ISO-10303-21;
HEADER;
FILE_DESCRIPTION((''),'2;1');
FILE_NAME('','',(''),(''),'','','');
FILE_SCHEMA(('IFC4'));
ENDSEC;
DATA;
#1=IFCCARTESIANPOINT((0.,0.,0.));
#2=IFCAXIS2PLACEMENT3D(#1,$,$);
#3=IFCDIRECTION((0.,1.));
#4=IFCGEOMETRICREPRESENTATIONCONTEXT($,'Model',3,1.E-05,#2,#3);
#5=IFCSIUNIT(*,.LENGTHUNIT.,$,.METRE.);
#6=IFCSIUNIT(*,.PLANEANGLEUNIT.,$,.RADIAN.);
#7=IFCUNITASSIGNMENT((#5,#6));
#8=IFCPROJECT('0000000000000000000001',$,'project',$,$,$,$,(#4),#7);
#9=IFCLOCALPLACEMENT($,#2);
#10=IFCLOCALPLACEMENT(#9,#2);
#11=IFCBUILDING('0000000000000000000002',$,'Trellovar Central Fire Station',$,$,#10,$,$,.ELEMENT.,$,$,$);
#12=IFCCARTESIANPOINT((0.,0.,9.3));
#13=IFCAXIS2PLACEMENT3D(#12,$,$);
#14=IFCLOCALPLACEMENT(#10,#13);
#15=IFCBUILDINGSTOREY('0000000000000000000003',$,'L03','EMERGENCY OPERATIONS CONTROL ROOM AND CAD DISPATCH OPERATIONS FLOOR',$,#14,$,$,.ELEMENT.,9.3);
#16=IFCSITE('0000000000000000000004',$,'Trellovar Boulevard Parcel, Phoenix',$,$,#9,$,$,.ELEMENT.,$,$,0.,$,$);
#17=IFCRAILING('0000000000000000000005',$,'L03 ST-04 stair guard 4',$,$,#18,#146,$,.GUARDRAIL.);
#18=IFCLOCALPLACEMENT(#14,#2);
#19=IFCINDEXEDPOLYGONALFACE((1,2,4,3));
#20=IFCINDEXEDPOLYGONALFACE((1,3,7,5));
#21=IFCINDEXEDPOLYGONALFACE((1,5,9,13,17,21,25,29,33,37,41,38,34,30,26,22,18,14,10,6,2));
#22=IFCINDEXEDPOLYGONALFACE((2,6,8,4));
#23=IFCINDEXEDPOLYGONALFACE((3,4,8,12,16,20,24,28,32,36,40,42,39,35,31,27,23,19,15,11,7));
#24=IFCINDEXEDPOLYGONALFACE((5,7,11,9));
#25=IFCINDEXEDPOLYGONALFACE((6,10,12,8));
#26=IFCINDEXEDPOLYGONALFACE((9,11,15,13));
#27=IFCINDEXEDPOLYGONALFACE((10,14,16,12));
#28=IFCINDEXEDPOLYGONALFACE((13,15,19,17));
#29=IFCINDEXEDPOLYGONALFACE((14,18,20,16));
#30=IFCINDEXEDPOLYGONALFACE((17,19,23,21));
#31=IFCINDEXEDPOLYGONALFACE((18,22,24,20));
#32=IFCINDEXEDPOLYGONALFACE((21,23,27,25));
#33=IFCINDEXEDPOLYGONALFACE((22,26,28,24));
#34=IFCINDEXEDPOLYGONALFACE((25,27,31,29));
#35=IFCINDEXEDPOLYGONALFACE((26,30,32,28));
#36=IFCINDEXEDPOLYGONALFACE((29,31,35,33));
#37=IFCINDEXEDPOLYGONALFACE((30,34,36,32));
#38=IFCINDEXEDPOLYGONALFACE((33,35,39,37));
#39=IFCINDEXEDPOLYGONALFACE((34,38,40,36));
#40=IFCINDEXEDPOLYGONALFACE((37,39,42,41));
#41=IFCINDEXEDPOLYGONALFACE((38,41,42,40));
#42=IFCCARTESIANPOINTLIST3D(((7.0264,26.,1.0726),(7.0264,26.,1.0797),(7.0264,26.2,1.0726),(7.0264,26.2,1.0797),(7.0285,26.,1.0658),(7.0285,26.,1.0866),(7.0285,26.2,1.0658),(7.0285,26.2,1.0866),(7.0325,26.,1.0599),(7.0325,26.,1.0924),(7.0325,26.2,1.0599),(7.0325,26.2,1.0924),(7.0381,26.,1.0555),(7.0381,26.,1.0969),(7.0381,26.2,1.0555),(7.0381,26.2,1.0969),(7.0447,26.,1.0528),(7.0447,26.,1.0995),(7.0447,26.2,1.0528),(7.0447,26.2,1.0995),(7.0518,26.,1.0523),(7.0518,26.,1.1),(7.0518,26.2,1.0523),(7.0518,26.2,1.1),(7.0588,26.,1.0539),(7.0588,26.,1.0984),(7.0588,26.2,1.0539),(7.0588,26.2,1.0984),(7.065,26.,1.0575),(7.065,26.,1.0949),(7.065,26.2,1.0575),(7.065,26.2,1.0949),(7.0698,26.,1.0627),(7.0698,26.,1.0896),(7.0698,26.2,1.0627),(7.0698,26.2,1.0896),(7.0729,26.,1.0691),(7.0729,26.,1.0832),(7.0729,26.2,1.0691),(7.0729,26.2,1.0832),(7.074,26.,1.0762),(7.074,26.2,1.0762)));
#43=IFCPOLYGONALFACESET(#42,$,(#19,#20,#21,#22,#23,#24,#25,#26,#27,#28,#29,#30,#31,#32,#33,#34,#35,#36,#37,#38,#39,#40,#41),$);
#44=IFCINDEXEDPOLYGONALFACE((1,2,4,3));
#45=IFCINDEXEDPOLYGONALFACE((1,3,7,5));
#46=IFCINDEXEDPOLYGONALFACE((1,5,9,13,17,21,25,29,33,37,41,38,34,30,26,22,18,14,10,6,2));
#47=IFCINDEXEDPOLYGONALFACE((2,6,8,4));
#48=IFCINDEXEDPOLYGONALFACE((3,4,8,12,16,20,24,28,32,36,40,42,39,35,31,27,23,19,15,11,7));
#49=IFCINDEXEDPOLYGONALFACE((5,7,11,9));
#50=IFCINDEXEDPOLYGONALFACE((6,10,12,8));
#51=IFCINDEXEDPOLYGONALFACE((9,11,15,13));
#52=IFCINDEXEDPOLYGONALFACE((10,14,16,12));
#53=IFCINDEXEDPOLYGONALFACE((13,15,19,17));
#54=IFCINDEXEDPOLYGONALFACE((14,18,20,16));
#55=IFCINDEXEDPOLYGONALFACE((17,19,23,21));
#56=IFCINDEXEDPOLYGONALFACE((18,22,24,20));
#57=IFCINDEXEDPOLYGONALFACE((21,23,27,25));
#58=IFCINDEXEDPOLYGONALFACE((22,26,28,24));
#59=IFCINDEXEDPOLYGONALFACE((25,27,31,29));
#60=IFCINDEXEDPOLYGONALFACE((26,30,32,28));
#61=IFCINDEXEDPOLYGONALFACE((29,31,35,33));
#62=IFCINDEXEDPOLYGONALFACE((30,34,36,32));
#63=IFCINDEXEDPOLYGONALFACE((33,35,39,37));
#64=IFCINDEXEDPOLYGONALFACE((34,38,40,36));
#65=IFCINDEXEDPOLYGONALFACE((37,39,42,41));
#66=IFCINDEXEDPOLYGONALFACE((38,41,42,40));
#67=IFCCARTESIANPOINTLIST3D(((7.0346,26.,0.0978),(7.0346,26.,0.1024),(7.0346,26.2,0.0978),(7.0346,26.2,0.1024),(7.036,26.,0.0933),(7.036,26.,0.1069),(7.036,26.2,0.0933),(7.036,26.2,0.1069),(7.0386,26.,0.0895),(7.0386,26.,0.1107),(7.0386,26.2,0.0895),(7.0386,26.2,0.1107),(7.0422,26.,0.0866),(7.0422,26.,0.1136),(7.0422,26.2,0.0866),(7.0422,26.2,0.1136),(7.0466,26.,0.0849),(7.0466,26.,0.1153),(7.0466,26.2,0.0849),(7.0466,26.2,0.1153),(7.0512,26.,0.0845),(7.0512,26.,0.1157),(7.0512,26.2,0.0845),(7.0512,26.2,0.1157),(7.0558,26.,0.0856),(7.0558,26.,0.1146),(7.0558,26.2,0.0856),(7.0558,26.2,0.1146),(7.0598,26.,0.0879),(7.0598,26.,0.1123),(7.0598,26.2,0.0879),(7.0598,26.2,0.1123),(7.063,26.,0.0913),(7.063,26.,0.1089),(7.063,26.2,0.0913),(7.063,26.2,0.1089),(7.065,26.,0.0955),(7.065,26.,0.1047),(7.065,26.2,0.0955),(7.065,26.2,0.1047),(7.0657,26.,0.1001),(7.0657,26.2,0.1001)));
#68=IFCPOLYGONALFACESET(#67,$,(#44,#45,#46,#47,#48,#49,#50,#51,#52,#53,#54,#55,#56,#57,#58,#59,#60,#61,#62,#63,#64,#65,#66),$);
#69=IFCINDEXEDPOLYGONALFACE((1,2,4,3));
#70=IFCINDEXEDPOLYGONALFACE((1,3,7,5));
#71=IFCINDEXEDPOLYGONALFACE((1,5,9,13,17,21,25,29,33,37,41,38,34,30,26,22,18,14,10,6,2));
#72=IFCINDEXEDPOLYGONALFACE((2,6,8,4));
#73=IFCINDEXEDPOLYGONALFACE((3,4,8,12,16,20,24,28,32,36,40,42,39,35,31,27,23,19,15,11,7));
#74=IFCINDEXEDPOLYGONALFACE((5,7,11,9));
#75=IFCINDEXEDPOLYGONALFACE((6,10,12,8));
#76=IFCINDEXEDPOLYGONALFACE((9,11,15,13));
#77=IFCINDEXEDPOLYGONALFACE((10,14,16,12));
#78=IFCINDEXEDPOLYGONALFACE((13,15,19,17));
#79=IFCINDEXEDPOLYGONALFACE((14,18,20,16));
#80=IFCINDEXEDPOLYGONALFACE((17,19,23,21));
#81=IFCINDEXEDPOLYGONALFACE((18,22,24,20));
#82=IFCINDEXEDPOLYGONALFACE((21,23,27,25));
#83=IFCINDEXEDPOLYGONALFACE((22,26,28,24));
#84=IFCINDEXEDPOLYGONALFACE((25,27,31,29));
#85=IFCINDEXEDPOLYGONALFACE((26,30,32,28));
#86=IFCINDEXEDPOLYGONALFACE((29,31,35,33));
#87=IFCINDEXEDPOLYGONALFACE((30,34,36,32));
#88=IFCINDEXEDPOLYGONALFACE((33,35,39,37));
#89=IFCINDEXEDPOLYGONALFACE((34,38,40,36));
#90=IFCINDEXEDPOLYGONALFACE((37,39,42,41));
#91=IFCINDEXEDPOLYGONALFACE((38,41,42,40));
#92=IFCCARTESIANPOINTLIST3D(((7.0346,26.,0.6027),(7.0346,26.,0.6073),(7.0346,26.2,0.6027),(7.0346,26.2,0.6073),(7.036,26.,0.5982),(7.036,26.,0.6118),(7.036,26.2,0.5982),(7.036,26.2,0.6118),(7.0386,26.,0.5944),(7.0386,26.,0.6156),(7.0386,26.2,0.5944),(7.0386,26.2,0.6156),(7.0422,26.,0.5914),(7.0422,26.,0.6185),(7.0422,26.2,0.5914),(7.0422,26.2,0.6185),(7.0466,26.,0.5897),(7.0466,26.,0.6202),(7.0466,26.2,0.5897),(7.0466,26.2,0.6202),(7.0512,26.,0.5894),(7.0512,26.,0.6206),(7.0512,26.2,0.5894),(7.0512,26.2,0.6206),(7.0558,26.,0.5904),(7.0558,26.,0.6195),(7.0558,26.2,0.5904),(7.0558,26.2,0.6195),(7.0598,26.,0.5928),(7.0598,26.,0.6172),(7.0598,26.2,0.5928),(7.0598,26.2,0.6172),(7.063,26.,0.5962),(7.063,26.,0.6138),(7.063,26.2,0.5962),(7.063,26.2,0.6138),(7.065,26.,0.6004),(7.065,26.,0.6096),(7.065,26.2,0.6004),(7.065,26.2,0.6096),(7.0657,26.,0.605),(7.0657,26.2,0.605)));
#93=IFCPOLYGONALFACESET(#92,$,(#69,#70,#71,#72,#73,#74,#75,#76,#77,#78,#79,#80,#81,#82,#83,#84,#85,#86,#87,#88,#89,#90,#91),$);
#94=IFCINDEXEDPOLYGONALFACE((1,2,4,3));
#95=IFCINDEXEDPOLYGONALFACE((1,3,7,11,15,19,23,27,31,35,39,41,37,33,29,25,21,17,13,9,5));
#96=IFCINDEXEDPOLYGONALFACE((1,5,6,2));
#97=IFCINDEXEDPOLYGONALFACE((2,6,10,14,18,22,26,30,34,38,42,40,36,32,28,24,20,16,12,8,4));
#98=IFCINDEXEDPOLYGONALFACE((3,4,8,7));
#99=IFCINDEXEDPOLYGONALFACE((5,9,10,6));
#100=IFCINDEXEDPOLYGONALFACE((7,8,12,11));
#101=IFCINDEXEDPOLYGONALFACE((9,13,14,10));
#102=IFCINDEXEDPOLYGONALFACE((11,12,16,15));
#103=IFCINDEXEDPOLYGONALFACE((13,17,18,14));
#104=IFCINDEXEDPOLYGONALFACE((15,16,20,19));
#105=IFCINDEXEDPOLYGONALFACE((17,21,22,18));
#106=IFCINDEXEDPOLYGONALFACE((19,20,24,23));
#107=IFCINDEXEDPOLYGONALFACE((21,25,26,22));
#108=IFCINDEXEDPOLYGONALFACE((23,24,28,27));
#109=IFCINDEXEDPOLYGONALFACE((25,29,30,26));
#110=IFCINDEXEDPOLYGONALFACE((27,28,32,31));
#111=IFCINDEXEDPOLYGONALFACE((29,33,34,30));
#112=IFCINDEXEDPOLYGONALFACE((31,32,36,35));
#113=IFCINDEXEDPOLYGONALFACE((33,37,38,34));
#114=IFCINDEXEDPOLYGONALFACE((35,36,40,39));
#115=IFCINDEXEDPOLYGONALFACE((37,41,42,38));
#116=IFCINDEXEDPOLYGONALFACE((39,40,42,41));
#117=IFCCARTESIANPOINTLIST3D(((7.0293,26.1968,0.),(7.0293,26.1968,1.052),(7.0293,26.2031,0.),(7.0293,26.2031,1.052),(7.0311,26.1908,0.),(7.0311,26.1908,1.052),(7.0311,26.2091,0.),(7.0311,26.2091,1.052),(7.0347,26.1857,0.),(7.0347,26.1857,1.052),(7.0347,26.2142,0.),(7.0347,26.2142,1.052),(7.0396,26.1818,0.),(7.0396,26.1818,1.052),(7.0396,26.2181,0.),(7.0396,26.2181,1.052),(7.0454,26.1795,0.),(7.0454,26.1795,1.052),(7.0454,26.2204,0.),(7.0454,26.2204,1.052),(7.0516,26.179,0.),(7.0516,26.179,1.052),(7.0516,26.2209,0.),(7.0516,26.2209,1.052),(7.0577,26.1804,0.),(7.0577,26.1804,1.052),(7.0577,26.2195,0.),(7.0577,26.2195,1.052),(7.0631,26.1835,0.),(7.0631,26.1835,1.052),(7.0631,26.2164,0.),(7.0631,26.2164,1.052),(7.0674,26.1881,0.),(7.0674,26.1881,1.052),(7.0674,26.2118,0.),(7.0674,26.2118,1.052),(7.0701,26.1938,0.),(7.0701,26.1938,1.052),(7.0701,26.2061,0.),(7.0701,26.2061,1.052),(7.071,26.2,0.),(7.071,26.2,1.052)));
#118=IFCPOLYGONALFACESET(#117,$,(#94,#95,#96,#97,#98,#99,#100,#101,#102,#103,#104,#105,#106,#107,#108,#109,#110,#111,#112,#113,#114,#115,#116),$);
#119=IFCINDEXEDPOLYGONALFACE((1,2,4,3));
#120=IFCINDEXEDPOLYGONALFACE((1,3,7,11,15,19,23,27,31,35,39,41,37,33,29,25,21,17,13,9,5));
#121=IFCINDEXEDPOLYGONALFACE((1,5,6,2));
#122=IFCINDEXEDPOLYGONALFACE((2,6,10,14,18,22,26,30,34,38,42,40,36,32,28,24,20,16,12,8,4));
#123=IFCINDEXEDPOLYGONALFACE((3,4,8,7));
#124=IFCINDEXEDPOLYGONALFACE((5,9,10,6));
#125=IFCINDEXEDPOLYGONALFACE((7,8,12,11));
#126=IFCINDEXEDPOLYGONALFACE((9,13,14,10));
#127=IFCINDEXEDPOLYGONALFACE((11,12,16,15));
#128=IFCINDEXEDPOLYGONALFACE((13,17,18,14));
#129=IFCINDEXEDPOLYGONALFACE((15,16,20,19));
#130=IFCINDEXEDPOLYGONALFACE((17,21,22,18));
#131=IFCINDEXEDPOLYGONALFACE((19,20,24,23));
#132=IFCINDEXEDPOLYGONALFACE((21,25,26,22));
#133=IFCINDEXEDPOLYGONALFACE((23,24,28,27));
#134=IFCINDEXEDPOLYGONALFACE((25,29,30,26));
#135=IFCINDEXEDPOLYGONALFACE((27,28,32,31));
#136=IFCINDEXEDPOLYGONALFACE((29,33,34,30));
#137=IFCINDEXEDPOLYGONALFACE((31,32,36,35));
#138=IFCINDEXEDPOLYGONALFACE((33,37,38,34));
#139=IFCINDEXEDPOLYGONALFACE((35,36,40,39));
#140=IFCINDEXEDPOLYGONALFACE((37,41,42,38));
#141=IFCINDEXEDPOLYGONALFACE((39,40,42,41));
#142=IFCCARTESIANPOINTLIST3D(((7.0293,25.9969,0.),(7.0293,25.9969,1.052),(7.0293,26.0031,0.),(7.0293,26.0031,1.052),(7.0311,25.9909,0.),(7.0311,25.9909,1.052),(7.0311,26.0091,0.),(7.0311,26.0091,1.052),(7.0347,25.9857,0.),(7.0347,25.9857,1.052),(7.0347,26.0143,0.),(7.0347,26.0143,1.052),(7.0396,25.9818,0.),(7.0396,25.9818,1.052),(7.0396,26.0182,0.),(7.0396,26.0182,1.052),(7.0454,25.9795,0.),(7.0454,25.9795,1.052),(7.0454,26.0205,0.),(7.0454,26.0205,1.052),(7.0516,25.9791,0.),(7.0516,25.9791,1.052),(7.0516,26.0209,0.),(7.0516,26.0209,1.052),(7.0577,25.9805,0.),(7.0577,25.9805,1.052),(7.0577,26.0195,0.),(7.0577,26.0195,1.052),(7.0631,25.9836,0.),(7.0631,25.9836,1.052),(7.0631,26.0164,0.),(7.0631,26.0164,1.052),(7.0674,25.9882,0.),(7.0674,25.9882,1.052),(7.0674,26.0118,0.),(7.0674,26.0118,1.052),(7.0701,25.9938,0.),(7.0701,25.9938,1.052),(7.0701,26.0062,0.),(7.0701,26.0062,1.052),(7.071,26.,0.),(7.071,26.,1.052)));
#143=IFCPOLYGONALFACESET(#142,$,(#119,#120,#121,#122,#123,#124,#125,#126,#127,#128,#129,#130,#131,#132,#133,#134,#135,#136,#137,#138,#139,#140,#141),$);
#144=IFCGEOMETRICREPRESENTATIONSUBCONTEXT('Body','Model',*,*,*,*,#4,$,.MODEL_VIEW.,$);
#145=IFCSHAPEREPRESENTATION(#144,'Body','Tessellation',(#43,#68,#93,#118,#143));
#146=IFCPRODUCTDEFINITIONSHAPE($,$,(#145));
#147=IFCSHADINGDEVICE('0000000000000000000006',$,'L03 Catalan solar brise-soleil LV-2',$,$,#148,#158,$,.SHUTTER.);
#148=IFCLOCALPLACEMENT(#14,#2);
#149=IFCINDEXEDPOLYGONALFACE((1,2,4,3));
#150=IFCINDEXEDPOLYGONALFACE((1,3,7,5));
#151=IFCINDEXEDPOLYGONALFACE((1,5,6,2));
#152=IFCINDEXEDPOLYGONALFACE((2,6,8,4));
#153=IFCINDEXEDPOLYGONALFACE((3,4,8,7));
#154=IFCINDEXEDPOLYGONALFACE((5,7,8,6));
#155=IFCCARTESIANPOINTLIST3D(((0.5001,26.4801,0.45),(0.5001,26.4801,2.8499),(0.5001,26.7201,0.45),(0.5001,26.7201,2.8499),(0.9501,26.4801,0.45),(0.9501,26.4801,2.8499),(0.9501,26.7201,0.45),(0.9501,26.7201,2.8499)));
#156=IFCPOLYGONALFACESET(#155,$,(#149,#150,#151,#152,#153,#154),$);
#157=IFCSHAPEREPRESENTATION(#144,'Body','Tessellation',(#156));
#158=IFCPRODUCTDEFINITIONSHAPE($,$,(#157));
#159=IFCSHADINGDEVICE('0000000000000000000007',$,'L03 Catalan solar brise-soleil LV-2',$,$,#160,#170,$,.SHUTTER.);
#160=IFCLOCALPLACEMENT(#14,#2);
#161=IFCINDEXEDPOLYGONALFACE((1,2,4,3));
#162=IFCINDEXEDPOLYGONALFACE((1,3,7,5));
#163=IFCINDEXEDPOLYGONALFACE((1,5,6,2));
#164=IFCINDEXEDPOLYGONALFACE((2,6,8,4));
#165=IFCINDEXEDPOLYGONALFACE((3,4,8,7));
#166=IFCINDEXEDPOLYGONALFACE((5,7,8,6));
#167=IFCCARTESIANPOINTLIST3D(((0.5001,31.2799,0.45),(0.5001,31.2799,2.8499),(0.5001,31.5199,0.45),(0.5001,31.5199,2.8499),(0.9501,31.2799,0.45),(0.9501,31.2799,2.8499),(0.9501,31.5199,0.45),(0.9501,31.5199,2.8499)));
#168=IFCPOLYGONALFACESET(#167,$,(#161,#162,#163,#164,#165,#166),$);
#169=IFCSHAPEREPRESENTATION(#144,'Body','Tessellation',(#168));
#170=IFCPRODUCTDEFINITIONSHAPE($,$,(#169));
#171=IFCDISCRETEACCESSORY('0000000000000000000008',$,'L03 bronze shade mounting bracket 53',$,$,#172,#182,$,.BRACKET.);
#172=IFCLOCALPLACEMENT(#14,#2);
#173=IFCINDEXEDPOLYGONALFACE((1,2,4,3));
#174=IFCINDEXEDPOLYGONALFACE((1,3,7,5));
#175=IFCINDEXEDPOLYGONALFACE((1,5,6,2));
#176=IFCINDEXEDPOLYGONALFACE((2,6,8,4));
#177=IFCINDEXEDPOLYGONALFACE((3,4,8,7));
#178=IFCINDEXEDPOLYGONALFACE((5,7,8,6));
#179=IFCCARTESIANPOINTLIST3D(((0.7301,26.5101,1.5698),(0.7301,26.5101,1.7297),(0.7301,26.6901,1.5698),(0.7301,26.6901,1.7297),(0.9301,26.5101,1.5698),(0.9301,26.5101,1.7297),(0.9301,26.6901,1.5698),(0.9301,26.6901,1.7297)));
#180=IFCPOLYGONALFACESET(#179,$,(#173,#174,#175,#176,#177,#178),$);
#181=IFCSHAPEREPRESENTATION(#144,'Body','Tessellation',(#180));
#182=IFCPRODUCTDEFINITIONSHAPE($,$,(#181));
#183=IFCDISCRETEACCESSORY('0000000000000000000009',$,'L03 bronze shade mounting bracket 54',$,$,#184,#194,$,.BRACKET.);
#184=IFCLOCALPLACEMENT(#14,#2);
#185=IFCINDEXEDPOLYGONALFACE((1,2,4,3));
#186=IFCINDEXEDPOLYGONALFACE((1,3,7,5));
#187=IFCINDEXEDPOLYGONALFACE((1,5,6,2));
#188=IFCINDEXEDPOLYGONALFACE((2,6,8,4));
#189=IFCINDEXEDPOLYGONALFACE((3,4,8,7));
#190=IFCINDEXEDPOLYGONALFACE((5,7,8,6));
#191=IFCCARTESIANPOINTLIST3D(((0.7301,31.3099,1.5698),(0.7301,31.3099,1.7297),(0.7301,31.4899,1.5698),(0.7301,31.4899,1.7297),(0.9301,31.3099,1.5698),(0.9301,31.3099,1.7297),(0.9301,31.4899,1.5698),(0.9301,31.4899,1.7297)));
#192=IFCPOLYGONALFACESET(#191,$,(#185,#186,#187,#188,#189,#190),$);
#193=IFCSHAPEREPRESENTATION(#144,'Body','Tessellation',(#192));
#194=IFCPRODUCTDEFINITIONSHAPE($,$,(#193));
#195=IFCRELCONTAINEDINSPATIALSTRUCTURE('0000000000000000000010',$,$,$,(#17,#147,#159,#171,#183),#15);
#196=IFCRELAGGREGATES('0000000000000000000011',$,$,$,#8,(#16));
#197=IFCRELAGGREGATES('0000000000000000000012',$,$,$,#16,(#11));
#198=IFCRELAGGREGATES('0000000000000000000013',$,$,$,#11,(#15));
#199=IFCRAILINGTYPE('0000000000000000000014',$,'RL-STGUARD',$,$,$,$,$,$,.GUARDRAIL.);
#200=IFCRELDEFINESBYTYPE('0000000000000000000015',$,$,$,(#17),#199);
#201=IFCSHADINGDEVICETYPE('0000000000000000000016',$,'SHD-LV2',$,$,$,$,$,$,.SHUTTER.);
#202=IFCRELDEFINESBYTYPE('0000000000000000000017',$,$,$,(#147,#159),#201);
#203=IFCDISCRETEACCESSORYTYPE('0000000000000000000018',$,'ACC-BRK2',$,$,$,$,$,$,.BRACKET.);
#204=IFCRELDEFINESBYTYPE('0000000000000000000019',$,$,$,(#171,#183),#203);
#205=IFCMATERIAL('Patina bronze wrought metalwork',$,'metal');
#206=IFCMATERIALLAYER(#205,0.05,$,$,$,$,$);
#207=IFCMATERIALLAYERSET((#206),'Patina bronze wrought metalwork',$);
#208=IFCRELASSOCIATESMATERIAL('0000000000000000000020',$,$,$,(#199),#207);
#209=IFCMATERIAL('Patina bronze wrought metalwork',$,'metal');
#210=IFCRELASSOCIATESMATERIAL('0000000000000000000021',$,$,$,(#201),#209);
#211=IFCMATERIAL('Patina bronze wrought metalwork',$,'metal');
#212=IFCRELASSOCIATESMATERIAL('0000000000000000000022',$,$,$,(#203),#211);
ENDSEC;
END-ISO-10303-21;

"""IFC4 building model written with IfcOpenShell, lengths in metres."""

from ifc_helpers import new_model, si_unit, direction, frame, origin, origin_2d, place, context, subcontext, project, spatial, rectangle, circle, extrude, material, layer, layer_set, type_object, element, save


model = new_model("IFC4")

# Units and contexts
model_context = context("Model", 3, precision=1e-05, world=origin(), true_north=direction((0.0, 1.0)))
body_context = subcontext(model_context, "Body", "Model", "MODEL_VIEW")
ifc_project = project(units=[si_unit("LENGTHUNIT", "METRE"), si_unit("PLANEANGLEUNIT", "RADIAN")], contexts=[model_context])

# Site, building, storey
site_placement = place(None, origin())
site = spatial("IfcSite", under=ifc_project, at=site_placement, Name="Trellovar Boulevard Parcel, Phoenix", CompositionType="ELEMENT", RefElevation=0.0)
building_placement = place(site_placement, origin())
building = spatial("IfcBuilding", under=site, at=building_placement, Name="Trellovar Central Fire Station", CompositionType="ELEMENT")
storey_placement = place(building_placement, frame((0.0, 0.0, 9.3)))
storey = spatial("IfcBuildingStorey", under=building, at=storey_placement, Name="L03", Description="EMERGENCY OPERATIONS CONTROL ROOM AND CAD DISPATCH OPERATIONS FLOOR", CompositionType="ELEMENT", Elevation=9.3)

# Railing
ifc_material_1 = material(Name="Patina bronze wrought metalwork", Category="metal")
ifc_layer_1 = layer(ifc_material_1, 0.05)
ifc_layer_set_1 = layer_set([ifc_layer_1], Name="Patina bronze wrought metalwork")
railing_type_1 = type_object("IfcRailingType", Name="RL-STGUARD", PredefinedType="GUARDRAIL", material=ifc_layer_set_1)
railing_1_placement = place(storey_placement, frame((7.05, 26.2, 0.0)))
element("IfcRailing", 1, at=railing_1_placement, inside=storey, type_object=railing_type_1, Name="L03 ST-04 stair guard 4", PredefinedType="GUARDRAIL", context=body_context, shape_type="SweptSolid", body=[
    extrude(circle(Radius=0.0239, at=origin_2d()), frame((0.0, 0.0, 1.0762), z_axis=(0.0, -1.0, 0.0), x_axis=(1.0, 0.0, 0.0)), (0.0, 0.0, 1.0), 0.2),
    extrude(circle(Radius=0.0156, at=origin_2d()), frame((0.0, 0.0, 0.1001), z_axis=(0.0, -1.0, 0.0), x_axis=(1.0, 0.0, 0.0)), (0.0, 0.0, 1.0), 0.2),
    extrude(circle(Radius=0.0156, at=origin_2d()), frame((0.0, 0.0, 0.605), z_axis=(0.0, -1.0, 0.0), x_axis=(1.0, 0.0, 0.0)), (0.0, 0.0, 1.0), 0.2),
    extrude(circle(Radius=0.021, at=origin_2d()), origin(), (0.0, 0.0, 1.0), 1.052),
    extrude(circle(Radius=0.021, at=origin_2d()), frame((0.0, -0.2, 0.0)), (0.0, 0.0, 1.0), 1.052),
])

# Shading devices
ifc_material_2 = material(Name="Patina bronze wrought metalwork", Category="metal")
shading_device_type = type_object("IfcShadingDeviceType", Name="SHD-LV2", PredefinedType="SHUTTER", material=ifc_material_2)
for number, where, z_axis, x_axis, name in (
    (2, (0.7251, 26.6001, 0.45), (0.0, 0.0, 1.0), (1.0, 0.0, 0.0), "L03 Catalan solar brise-soleil LV-2"),
    (3, (0.7251, 31.3999, 0.45), (0.0, 0.0, 1.0), (1.0, 0.0, 0.0), "L03 Catalan solar brise-soleil LV-2"),
):
    element("IfcShadingDevice", number, at=place(storey_placement, frame(where, z_axis=z_axis, x_axis=x_axis)), inside=storey, type_object=shading_device_type, Name=name, PredefinedType="SHUTTER", context=body_context, shape_type="SweptSolid", body=[
        extrude(rectangle(XDim=0.45, YDim=0.24, at=origin_2d()), origin(), (0.0, 0.0, 1.0), 2.3999),
    ])

# Discrete accessories
ifc_material_3 = material(Name="Patina bronze wrought metalwork", Category="metal")
discrete_accessory_type = type_object("IfcDiscreteAccessoryType", Name="ACC-BRK2", PredefinedType="BRACKET", material=ifc_material_3)
for number, where, z_axis, x_axis, name in (
    (4, (0.8301, 26.6001, 1.5698), (0.0, 0.0, 1.0), (1.0, 0.0, 0.0), "L03 bronze shade mounting bracket 53"),
    (5, (0.8301, 31.3999, 1.5698), (0.0, 0.0, 1.0), (1.0, 0.0, 0.0), "L03 bronze shade mounting bracket 54"),
):
    element("IfcDiscreteAccessory", number, at=place(storey_placement, frame(where, z_axis=z_axis, x_axis=x_axis)), inside=storey, type_object=discrete_accessory_type, Name=name, PredefinedType="BRACKET", context=body_context, shape_type="SweptSolid", body=[
        extrude(rectangle(XDim=0.2, YDim=0.1799, at=origin_2d()), origin(), (0.0, 0.0, 1.0), 0.1599),
    ])

save(model, "model.ifc")
